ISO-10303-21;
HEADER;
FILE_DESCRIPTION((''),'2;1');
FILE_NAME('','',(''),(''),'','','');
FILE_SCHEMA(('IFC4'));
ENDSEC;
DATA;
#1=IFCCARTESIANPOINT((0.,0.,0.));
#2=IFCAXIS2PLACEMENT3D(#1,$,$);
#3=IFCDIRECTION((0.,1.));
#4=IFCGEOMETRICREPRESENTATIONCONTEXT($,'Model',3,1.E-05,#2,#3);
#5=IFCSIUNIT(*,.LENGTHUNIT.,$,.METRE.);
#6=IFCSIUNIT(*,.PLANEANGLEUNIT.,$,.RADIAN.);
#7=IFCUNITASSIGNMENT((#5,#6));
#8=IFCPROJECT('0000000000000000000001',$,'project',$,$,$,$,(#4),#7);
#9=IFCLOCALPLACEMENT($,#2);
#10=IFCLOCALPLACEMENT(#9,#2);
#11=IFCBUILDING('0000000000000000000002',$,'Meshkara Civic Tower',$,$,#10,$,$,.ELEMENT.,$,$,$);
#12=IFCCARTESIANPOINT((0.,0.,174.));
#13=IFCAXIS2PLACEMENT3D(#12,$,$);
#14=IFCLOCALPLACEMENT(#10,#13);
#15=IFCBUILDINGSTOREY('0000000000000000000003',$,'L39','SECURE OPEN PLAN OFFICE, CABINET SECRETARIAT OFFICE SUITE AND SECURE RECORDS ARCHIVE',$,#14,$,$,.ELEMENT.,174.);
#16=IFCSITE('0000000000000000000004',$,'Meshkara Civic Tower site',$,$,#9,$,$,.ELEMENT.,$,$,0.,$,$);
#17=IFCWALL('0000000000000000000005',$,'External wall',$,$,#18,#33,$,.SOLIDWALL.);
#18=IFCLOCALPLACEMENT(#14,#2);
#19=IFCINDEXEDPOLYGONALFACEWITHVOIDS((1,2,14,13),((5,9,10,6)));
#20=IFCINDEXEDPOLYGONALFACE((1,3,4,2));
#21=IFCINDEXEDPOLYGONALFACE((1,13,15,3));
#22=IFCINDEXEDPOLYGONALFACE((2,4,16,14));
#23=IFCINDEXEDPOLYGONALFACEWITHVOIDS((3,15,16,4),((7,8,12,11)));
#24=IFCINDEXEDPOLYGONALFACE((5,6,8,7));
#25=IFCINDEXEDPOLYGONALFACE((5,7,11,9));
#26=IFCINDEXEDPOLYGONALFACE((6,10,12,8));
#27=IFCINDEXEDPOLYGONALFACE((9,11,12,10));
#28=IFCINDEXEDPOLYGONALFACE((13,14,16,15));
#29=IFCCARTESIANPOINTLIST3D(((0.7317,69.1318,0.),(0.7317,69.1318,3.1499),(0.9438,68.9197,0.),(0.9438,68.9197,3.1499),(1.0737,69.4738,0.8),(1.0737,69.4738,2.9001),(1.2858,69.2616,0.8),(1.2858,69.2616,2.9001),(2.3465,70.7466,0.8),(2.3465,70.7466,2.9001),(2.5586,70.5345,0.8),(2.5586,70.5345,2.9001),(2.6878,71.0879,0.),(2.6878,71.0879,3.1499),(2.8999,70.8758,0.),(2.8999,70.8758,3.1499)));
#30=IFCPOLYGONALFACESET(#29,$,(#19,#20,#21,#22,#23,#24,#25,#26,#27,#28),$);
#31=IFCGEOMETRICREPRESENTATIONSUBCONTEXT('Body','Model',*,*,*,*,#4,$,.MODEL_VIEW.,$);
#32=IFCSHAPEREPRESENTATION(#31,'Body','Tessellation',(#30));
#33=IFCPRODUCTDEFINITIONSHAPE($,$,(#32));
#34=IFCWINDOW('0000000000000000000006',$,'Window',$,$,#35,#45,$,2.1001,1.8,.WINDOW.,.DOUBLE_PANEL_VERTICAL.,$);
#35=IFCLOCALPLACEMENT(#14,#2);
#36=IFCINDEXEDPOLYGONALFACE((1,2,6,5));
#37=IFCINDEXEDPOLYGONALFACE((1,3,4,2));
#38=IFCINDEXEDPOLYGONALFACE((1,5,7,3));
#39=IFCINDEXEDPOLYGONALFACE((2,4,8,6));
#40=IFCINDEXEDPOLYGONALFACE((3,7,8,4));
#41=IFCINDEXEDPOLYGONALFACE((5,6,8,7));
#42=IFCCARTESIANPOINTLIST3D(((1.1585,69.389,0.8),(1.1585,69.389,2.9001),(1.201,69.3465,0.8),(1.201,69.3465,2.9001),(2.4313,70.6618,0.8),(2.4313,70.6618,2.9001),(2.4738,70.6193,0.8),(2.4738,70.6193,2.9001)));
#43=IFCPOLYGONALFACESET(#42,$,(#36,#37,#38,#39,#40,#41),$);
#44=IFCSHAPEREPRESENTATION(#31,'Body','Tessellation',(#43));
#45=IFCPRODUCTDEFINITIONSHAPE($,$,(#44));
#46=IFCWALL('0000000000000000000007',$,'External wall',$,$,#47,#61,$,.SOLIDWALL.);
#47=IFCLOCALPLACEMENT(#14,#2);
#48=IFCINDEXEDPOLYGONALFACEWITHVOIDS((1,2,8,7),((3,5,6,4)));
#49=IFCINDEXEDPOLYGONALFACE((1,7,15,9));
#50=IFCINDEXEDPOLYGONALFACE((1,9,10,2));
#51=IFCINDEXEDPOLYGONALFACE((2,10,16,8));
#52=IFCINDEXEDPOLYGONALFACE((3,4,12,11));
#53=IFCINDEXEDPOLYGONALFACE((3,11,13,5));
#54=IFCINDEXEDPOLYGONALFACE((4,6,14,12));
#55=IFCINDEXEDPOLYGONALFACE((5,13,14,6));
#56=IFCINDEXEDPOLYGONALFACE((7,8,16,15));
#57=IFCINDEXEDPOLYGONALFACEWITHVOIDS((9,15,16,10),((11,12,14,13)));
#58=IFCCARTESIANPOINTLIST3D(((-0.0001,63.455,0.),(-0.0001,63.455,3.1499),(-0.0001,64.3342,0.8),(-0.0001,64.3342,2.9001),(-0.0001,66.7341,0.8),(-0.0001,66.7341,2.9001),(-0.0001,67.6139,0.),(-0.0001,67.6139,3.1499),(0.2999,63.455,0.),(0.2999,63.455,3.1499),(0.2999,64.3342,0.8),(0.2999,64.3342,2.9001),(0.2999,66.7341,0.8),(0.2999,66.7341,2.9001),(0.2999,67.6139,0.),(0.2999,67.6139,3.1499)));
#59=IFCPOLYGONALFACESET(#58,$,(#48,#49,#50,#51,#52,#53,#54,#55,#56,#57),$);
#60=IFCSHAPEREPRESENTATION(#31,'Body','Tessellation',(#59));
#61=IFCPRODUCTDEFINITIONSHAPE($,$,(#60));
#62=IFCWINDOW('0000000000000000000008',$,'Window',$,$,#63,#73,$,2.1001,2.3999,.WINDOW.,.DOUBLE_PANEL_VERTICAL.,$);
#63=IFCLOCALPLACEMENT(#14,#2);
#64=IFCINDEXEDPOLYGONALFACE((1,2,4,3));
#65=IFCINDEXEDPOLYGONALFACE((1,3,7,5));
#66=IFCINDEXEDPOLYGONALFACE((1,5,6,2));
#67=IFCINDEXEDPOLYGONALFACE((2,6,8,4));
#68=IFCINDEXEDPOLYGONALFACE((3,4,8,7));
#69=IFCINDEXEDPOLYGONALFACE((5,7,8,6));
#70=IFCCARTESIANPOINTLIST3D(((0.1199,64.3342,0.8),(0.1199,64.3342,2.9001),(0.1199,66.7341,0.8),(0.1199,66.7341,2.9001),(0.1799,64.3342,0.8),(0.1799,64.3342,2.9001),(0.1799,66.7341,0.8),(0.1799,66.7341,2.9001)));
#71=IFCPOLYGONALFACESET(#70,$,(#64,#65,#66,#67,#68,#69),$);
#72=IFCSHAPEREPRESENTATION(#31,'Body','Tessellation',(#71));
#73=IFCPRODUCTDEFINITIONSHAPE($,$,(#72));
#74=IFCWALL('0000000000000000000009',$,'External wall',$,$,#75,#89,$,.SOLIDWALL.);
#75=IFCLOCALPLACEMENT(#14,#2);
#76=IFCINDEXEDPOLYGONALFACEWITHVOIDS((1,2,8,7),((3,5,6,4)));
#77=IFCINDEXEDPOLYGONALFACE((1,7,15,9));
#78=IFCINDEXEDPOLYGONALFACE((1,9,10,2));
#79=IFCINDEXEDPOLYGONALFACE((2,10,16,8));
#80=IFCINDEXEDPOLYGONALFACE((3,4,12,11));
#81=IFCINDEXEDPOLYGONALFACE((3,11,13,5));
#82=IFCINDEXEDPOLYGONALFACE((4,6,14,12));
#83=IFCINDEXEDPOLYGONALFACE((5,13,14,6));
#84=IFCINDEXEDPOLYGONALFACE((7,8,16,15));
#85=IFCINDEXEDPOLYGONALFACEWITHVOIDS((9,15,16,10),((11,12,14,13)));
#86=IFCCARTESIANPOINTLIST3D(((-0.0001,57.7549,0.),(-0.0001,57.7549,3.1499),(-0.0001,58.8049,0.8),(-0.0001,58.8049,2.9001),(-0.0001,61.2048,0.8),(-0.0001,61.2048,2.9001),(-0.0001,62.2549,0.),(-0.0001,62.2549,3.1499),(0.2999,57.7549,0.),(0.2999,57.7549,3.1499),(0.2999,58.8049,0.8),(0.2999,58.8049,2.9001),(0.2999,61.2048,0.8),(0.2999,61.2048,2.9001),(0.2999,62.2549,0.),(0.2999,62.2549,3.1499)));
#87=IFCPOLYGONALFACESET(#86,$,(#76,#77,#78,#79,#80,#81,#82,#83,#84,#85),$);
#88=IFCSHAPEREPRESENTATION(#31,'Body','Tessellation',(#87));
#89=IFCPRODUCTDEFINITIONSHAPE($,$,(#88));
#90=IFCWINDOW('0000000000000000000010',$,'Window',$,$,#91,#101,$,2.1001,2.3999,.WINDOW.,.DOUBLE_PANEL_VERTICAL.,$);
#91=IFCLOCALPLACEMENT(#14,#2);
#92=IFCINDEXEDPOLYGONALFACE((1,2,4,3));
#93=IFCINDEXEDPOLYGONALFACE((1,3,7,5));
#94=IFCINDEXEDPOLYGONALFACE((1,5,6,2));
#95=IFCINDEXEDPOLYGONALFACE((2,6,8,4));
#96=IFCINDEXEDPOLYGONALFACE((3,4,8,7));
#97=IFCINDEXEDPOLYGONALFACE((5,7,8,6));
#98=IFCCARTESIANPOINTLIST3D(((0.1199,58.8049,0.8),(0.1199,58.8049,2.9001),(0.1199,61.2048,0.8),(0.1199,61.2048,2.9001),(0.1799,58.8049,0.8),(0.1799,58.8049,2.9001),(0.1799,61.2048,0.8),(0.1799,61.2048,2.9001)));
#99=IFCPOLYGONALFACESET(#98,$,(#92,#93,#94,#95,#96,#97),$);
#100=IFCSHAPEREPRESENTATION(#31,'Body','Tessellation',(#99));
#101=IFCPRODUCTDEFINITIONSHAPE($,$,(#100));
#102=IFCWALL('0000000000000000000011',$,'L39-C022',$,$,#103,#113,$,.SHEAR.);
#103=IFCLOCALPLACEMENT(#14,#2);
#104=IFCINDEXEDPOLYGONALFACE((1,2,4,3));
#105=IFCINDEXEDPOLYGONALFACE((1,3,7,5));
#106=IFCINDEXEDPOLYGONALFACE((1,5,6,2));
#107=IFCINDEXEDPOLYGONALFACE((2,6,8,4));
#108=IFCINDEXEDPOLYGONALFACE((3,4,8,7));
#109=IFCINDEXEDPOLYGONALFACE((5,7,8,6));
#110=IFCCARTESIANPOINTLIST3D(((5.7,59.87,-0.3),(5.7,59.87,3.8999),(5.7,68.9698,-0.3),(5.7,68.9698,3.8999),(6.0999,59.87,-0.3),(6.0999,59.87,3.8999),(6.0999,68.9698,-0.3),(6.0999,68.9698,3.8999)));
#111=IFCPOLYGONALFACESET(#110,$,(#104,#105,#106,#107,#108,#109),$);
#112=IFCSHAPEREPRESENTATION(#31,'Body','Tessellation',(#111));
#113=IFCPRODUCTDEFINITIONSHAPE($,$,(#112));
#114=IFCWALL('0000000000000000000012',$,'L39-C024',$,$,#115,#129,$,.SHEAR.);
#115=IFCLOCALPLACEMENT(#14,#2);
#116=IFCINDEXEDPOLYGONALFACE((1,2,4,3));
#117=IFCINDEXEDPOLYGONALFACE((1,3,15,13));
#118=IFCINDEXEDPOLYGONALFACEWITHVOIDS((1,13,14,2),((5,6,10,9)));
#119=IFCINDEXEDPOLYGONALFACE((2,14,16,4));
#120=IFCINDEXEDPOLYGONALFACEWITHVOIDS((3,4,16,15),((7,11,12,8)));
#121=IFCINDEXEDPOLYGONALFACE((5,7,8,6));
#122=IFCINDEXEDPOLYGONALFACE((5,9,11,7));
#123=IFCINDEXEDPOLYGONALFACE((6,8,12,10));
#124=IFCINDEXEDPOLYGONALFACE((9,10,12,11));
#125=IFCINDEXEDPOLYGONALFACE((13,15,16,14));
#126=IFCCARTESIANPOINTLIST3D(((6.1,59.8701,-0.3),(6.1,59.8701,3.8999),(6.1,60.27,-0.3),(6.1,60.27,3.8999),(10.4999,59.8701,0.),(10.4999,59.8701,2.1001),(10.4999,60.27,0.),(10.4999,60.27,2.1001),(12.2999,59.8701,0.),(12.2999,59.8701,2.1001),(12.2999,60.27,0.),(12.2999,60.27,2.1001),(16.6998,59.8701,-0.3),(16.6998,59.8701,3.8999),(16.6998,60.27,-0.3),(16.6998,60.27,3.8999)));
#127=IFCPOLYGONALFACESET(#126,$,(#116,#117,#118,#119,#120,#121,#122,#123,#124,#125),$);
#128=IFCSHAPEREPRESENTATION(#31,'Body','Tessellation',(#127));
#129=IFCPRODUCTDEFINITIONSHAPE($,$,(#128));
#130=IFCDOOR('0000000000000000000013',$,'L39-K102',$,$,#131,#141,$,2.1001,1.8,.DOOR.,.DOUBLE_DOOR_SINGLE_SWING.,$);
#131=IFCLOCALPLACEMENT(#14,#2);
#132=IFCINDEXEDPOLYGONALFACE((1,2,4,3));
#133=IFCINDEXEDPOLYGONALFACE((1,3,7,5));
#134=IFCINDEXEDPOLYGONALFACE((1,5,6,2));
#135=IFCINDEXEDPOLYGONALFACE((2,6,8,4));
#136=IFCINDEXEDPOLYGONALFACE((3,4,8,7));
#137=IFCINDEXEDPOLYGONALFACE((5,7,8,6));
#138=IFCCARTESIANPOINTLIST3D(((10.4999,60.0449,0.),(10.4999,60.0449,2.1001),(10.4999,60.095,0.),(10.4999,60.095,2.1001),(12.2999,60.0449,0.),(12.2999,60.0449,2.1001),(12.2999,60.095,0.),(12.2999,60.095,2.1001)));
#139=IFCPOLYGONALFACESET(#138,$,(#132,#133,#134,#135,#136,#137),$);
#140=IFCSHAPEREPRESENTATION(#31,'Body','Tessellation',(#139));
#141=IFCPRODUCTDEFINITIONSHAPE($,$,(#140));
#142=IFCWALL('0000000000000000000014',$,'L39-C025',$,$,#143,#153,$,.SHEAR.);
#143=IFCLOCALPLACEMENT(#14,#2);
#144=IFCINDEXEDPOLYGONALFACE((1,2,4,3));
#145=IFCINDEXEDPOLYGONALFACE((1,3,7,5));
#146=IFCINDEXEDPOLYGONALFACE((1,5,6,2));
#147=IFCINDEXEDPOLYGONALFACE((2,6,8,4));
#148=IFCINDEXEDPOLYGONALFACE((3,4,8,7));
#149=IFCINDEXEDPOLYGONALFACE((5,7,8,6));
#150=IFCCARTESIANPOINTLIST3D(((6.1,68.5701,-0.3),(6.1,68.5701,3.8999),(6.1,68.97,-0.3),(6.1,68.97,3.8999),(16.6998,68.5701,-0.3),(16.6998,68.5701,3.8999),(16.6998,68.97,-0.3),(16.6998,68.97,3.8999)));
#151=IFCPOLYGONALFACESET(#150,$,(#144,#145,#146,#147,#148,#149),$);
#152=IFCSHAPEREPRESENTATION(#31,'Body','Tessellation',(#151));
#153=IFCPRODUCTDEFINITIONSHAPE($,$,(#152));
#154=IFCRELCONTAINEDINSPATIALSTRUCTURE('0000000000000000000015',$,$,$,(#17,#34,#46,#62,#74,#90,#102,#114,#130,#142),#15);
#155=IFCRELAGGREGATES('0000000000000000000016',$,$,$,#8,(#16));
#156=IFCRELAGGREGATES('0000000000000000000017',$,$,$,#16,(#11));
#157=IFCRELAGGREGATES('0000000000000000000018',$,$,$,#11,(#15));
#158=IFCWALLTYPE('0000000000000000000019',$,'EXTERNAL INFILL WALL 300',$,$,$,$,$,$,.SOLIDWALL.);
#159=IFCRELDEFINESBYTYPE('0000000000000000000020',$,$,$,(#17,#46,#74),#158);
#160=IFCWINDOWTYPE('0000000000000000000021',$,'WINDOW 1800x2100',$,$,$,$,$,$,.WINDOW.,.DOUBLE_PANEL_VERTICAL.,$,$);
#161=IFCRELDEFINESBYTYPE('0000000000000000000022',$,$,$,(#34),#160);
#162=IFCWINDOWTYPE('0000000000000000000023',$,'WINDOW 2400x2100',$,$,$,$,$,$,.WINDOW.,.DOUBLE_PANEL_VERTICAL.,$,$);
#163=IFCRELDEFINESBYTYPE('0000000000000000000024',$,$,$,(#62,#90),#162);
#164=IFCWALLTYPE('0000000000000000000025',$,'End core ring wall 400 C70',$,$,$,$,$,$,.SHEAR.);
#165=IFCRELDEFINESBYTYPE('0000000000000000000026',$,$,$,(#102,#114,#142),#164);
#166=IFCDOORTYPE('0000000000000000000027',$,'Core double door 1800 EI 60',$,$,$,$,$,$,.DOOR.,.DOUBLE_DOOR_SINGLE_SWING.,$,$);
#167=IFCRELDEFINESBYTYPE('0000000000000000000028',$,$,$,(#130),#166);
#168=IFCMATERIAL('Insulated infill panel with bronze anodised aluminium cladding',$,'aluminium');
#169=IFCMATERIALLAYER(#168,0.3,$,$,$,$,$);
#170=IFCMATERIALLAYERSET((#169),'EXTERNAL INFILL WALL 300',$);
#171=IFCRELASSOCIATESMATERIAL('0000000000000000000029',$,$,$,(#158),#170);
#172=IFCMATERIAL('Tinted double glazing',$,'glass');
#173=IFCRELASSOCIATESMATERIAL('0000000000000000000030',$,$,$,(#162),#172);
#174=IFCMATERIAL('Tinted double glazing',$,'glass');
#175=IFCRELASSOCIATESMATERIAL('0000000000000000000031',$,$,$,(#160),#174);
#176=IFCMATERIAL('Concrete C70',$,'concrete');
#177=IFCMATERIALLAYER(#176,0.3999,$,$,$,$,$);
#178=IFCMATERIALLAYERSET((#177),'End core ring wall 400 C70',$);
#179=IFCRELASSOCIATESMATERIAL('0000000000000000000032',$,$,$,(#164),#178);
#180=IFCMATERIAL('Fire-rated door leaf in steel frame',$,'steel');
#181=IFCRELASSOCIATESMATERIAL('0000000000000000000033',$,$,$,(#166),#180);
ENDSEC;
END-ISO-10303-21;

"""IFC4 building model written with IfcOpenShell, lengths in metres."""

from ifc_helpers import new_model, si_unit, direction, frame, frame_2d, origin, place, context, subcontext, project, spatial, rectangle, extrude, material, layer, layer_set, type_object, element, fill, save


model = new_model("IFC4")

# Units and contexts
model_context = context("Model", 3, precision=1e-05, world=origin(), true_north=direction((0.0, 1.0)))
body_context = subcontext(model_context, "Body", "Model", "MODEL_VIEW")
ifc_project = project(units=[si_unit("LENGTHUNIT", "METRE"), si_unit("PLANEANGLEUNIT", "RADIAN")], contexts=[model_context])

# Site, building, storey
site_placement = place(None, origin())
site = spatial("IfcSite", under=ifc_project, at=site_placement, Name="Meshkara Civic Tower site", CompositionType="ELEMENT", RefElevation=0.0)
building_placement = place(site_placement, origin())
building = spatial("IfcBuilding", under=site, at=building_placement, Name="Meshkara Civic Tower", CompositionType="ELEMENT")
storey_placement = place(building_placement, frame((0.0, 0.0, 174.0)))
storey = spatial("IfcBuildingStorey", under=building, at=storey_placement, Name="L39", Description="SECURE OPEN PLAN OFFICE, CABINET SECRETARIAT OFFICE SUITE AND SECURE RECORDS ARCHIVE", CompositionType="ELEMENT", Elevation=174.0)

# Walls, openings, windows
ifc_material_1 = material(Name="Insulated infill panel with bronze anodised aluminium cladding", Category="aluminium")
ifc_layer_1 = layer(ifc_material_1, 0.3)
ifc_layer_set_1 = layer_set([ifc_layer_1], Name="EXTERNAL INFILL WALL 300")
wall_type_1 = type_object("IfcWallType", Name="EXTERNAL INFILL WALL 300", PredefinedType="SOLIDWALL", material=ifc_layer_set_1)
ifc_material_2 = material(Name="Tinted double glazing", Category="glass")
window_type_1 = type_object("IfcWindowType", Name="WINDOW 2400x2100", PartitioningType="DOUBLE_PANEL_VERTICAL", PredefinedType="WINDOW", material=ifc_material_2)
wall_1_placement = place(storey_placement, frame((2.7939, 70.9819, 0.0), z_axis=(0.0, 0.0, 1.0), x_axis=(-0.707107, -0.707107, 0.0)))
wall_1 = element("IfcWall", 1, at=wall_1_placement, inside=storey, type_object=wall_type_1, Name="External wall", PredefinedType="SOLIDWALL", context=body_context, shape_type="SweptSolid", body=[
    extrude(rectangle(XDim=2.7664, YDim=0.3, at=frame_2d((1.3833, 0.0))), origin(), (0.0, 0.0, 1.0), 3.1499),
])
opening_1_placement = place(wall_1_placement, frame((0.4829, 0.0, 0.8)))
opening_1 = element("IfcOpeningElement", 2, at=opening_1_placement, cuts=wall_1, PredefinedType="OPENING", context=body_context, shape_type="SweptSolid", body=[
    extrude(rectangle(XDim=1.8, YDim=2.1001, at=frame_2d((0.8999, 1.05))), frame((0.0, 0.1599, 0.0), z_axis=(0.0, -1.0, 0.0), x_axis=(1.0, 0.0, 0.0)), (0.0, 0.0, 1.0), 0.3201),
])
ifc_material_3 = material(Name="Tinted double glazing", Category="glass")
window_type_2 = type_object("IfcWindowType", Name="WINDOW 1800x2100", PartitioningType="DOUBLE_PANEL_VERTICAL", PredefinedType="WINDOW", material=ifc_material_3)
window_1_placement = place(opening_1_placement, origin())
window_1 = element("IfcWindow", 3, at=window_1_placement, inside=storey, type_object=window_type_2, Name="Window", OverallHeight=2.1001, OverallWidth=1.8, PartitioningType="DOUBLE_PANEL_VERTICAL", PredefinedType="WINDOW", context=body_context, shape_type="SweptSolid", body=[
    extrude(rectangle(XDim=1.8, YDim=2.1001, at=frame_2d((0.8999, 1.05))), frame((0.0, 0.03, 0.0), z_axis=(0.0, -1.0, 0.0), x_axis=(1.0, 0.0, 0.0)), (0.0, 0.0, 1.0), 0.0601),
])
fill(opening_1, window_1)
wall_2_placement = place(storey_placement, frame((0.1499, 67.614, 0.0), z_axis=(0.0, 0.0, 1.0), x_axis=(0.0, -1.0, 0.0)))
wall_2 = element("IfcWall", 4, at=wall_2_placement, inside=storey, type_object=wall_type_1, Name="External wall", PredefinedType="SOLIDWALL", context=body_context, shape_type="SweptSolid", body=[
    extrude(rectangle(XDim=4.1589, YDim=0.3, at=frame_2d((2.0796, 0.0))), origin(), (0.0, 0.0, 1.0), 3.1499),
])
opening_2_placement = place(wall_2_placement, frame((0.8799, 0.0, 0.8)))
opening_2 = element("IfcOpeningElement", 5, at=opening_2_placement, cuts=wall_2, PredefinedType="OPENING", context=body_context, shape_type="SweptSolid", body=[
    extrude(rectangle(XDim=2.3999, YDim=2.1001, at=frame_2d((1.2, 1.05))), frame((0.0, 0.1599, 0.0), z_axis=(0.0, -1.0, 0.0), x_axis=(1.0, 0.0, 0.0)), (0.0, 0.0, 1.0), 0.3201),
])
window_2_placement = place(opening_2_placement, origin())
window_2 = element("IfcWindow", 6, at=window_2_placement, inside=storey, type_object=window_type_1, Name="Window", OverallHeight=2.1001, OverallWidth=2.3999, PartitioningType="DOUBLE_PANEL_VERTICAL", PredefinedType="WINDOW", context=body_context, shape_type="SweptSolid", body=[
    extrude(rectangle(XDim=2.3999, YDim=2.1001, at=frame_2d((1.2, 1.05))), frame((0.0, 0.03, 0.0), z_axis=(0.0, -1.0, 0.0), x_axis=(1.0, 0.0, 0.0)), (0.0, 0.0, 1.0), 0.0601),
])
fill(opening_2, window_2)
wall_3_placement = place(storey_placement, frame((0.1499, 62.2549, 0.0), z_axis=(0.0, 0.0, 1.0), x_axis=(0.0, -1.0, 0.0)))
wall_3 = element("IfcWall", 7, at=wall_3_placement, inside=storey, type_object=wall_type_1, Name="External wall", PredefinedType="SOLIDWALL", context=body_context, shape_type="SweptSolid", body=[
    extrude(rectangle(XDim=4.5, YDim=0.3, at=frame_2d((2.25, 0.0))), origin(), (0.0, 0.0, 1.0), 3.1499),
])
opening_3_placement = place(wall_3_placement, frame((1.05, 0.0, 0.8)))
opening_3 = element("IfcOpeningElement", 8, at=opening_3_placement, cuts=wall_3, PredefinedType="OPENING", context=body_context, shape_type="SweptSolid", body=[
    extrude(rectangle(XDim=2.3999, YDim=2.1001, at=frame_2d((1.2, 1.05))), frame((0.0, 0.1599, 0.0), z_axis=(0.0, -1.0, 0.0), x_axis=(1.0, 0.0, 0.0)), (0.0, 0.0, 1.0), 0.3201),
])
window_3_placement = place(opening_3_placement, origin())
window_3 = element("IfcWindow", 9, at=window_3_placement, inside=storey, type_object=window_type_1, Name="Window", OverallHeight=2.1001, OverallWidth=2.3999, PartitioningType="DOUBLE_PANEL_VERTICAL", PredefinedType="WINDOW", context=body_context, shape_type="SweptSolid", body=[
    extrude(rectangle(XDim=2.3999, YDim=2.1001, at=frame_2d((1.2, 1.05))), frame((0.0, 0.03, 0.0), z_axis=(0.0, -1.0, 0.0), x_axis=(1.0, 0.0, 0.0)), (0.0, 0.0, 1.0), 0.0601),
])
fill(opening_3, window_3)

# Wall
ifc_material_4 = material(Name="Concrete C70", Category="concrete")
ifc_layer_2 = layer(ifc_material_4, 0.3999)
ifc_layer_set_2 = layer_set([ifc_layer_2], Name="End core ring wall 400 C70")
wall_type_2 = type_object("IfcWallType", Name="End core ring wall 400 C70", PredefinedType="SHEAR", material=ifc_layer_set_2)
wall_4_placement = place(storey_placement, frame((5.8999, 59.8701, -0.3), z_axis=(0.0, 0.0, 1.0), x_axis=(0.0, 1.0, 0.0)))
element("IfcWall", 10, at=wall_4_placement, inside=storey, type_object=wall_type_2, Name="L39-C022", PredefinedType="SHEAR", context=body_context, shape_type="SweptSolid", body=[
    extrude(rectangle(XDim=9.0999, YDim=0.3999, at=frame_2d((4.5498, 0.0))), origin(), (0.0, 0.0, 1.0), 4.2),
])

# Wall, opening, door
wall_5_placement = place(storey_placement, frame((6.1001, 60.0701, -0.3), z_axis=(0.0, 0.0, 1.0), x_axis=(1.0, 0.0, 0.0)))
wall_5 = element("IfcWall", 11, at=wall_5_placement, inside=storey, type_object=wall_type_2, Name="L39-C024", PredefinedType="SHEAR", context=body_context, shape_type="SweptSolid", body=[
    extrude(rectangle(XDim=10.5999, YDim=0.3999, at=frame_2d((5.2998, 0.0))), origin(), (0.0, 0.0, 1.0), 4.2),
])
opening_4_placement = place(wall_5_placement, frame((4.3999, 0.0, 0.3)))
opening_4 = element("IfcOpeningElement", 12, at=opening_4_placement, cuts=wall_5, PredefinedType="OPENING", context=body_context, shape_type="SweptSolid", body=[
    extrude(rectangle(XDim=1.8, YDim=2.1001, at=frame_2d((0.8999, 1.05))), frame((0.0, 0.21, 0.0), z_axis=(0.0, -1.0, 0.0), x_axis=(1.0, 0.0, 0.0)), (0.0, 0.0, 1.0), 0.4199),
])
ifc_material_5 = material(Name="Fire-rated door leaf in steel frame", Category="steel")
door_type_1 = type_object("IfcDoorType", Name="Core double door 1800 EI 60", OperationType="DOUBLE_DOOR_SINGLE_SWING", PredefinedType="DOOR", material=ifc_material_5)
door_1_placement = place(opening_4_placement, origin())
door_1 = element("IfcDoor", 13, at=door_1_placement, inside=storey, type_object=door_type_1, Name="L39-K102", OperationType="DOUBLE_DOOR_SINGLE_SWING", OverallHeight=2.1001, OverallWidth=1.8, PredefinedType="DOOR", context=body_context, shape_type="SweptSolid", body=[
    extrude(rectangle(XDim=1.8, YDim=2.1001, at=frame_2d((0.8999, 1.05))), frame((0.0, 0.0249, 0.0), z_axis=(0.0, -1.0, 0.0), x_axis=(1.0, 0.0, 0.0)), (0.0, 0.0, 1.0), 0.05),
])
fill(opening_4, door_1)

# Wall
wall_6_placement = place(storey_placement, frame((6.1001, 68.77, -0.3), z_axis=(0.0, 0.0, 1.0), x_axis=(1.0, 0.0, 0.0)))
element("IfcWall", 14, at=wall_6_placement, inside=storey, type_object=wall_type_2, Name="L39-C025", PredefinedType="SHEAR", context=body_context, shape_type="SweptSolid", body=[
    extrude(rectangle(XDim=10.5999, YDim=0.3999, at=frame_2d((5.2998, 0.0))), origin(), (0.0, 0.0, 1.0), 4.2),
])

save(model, "model.ifc")
